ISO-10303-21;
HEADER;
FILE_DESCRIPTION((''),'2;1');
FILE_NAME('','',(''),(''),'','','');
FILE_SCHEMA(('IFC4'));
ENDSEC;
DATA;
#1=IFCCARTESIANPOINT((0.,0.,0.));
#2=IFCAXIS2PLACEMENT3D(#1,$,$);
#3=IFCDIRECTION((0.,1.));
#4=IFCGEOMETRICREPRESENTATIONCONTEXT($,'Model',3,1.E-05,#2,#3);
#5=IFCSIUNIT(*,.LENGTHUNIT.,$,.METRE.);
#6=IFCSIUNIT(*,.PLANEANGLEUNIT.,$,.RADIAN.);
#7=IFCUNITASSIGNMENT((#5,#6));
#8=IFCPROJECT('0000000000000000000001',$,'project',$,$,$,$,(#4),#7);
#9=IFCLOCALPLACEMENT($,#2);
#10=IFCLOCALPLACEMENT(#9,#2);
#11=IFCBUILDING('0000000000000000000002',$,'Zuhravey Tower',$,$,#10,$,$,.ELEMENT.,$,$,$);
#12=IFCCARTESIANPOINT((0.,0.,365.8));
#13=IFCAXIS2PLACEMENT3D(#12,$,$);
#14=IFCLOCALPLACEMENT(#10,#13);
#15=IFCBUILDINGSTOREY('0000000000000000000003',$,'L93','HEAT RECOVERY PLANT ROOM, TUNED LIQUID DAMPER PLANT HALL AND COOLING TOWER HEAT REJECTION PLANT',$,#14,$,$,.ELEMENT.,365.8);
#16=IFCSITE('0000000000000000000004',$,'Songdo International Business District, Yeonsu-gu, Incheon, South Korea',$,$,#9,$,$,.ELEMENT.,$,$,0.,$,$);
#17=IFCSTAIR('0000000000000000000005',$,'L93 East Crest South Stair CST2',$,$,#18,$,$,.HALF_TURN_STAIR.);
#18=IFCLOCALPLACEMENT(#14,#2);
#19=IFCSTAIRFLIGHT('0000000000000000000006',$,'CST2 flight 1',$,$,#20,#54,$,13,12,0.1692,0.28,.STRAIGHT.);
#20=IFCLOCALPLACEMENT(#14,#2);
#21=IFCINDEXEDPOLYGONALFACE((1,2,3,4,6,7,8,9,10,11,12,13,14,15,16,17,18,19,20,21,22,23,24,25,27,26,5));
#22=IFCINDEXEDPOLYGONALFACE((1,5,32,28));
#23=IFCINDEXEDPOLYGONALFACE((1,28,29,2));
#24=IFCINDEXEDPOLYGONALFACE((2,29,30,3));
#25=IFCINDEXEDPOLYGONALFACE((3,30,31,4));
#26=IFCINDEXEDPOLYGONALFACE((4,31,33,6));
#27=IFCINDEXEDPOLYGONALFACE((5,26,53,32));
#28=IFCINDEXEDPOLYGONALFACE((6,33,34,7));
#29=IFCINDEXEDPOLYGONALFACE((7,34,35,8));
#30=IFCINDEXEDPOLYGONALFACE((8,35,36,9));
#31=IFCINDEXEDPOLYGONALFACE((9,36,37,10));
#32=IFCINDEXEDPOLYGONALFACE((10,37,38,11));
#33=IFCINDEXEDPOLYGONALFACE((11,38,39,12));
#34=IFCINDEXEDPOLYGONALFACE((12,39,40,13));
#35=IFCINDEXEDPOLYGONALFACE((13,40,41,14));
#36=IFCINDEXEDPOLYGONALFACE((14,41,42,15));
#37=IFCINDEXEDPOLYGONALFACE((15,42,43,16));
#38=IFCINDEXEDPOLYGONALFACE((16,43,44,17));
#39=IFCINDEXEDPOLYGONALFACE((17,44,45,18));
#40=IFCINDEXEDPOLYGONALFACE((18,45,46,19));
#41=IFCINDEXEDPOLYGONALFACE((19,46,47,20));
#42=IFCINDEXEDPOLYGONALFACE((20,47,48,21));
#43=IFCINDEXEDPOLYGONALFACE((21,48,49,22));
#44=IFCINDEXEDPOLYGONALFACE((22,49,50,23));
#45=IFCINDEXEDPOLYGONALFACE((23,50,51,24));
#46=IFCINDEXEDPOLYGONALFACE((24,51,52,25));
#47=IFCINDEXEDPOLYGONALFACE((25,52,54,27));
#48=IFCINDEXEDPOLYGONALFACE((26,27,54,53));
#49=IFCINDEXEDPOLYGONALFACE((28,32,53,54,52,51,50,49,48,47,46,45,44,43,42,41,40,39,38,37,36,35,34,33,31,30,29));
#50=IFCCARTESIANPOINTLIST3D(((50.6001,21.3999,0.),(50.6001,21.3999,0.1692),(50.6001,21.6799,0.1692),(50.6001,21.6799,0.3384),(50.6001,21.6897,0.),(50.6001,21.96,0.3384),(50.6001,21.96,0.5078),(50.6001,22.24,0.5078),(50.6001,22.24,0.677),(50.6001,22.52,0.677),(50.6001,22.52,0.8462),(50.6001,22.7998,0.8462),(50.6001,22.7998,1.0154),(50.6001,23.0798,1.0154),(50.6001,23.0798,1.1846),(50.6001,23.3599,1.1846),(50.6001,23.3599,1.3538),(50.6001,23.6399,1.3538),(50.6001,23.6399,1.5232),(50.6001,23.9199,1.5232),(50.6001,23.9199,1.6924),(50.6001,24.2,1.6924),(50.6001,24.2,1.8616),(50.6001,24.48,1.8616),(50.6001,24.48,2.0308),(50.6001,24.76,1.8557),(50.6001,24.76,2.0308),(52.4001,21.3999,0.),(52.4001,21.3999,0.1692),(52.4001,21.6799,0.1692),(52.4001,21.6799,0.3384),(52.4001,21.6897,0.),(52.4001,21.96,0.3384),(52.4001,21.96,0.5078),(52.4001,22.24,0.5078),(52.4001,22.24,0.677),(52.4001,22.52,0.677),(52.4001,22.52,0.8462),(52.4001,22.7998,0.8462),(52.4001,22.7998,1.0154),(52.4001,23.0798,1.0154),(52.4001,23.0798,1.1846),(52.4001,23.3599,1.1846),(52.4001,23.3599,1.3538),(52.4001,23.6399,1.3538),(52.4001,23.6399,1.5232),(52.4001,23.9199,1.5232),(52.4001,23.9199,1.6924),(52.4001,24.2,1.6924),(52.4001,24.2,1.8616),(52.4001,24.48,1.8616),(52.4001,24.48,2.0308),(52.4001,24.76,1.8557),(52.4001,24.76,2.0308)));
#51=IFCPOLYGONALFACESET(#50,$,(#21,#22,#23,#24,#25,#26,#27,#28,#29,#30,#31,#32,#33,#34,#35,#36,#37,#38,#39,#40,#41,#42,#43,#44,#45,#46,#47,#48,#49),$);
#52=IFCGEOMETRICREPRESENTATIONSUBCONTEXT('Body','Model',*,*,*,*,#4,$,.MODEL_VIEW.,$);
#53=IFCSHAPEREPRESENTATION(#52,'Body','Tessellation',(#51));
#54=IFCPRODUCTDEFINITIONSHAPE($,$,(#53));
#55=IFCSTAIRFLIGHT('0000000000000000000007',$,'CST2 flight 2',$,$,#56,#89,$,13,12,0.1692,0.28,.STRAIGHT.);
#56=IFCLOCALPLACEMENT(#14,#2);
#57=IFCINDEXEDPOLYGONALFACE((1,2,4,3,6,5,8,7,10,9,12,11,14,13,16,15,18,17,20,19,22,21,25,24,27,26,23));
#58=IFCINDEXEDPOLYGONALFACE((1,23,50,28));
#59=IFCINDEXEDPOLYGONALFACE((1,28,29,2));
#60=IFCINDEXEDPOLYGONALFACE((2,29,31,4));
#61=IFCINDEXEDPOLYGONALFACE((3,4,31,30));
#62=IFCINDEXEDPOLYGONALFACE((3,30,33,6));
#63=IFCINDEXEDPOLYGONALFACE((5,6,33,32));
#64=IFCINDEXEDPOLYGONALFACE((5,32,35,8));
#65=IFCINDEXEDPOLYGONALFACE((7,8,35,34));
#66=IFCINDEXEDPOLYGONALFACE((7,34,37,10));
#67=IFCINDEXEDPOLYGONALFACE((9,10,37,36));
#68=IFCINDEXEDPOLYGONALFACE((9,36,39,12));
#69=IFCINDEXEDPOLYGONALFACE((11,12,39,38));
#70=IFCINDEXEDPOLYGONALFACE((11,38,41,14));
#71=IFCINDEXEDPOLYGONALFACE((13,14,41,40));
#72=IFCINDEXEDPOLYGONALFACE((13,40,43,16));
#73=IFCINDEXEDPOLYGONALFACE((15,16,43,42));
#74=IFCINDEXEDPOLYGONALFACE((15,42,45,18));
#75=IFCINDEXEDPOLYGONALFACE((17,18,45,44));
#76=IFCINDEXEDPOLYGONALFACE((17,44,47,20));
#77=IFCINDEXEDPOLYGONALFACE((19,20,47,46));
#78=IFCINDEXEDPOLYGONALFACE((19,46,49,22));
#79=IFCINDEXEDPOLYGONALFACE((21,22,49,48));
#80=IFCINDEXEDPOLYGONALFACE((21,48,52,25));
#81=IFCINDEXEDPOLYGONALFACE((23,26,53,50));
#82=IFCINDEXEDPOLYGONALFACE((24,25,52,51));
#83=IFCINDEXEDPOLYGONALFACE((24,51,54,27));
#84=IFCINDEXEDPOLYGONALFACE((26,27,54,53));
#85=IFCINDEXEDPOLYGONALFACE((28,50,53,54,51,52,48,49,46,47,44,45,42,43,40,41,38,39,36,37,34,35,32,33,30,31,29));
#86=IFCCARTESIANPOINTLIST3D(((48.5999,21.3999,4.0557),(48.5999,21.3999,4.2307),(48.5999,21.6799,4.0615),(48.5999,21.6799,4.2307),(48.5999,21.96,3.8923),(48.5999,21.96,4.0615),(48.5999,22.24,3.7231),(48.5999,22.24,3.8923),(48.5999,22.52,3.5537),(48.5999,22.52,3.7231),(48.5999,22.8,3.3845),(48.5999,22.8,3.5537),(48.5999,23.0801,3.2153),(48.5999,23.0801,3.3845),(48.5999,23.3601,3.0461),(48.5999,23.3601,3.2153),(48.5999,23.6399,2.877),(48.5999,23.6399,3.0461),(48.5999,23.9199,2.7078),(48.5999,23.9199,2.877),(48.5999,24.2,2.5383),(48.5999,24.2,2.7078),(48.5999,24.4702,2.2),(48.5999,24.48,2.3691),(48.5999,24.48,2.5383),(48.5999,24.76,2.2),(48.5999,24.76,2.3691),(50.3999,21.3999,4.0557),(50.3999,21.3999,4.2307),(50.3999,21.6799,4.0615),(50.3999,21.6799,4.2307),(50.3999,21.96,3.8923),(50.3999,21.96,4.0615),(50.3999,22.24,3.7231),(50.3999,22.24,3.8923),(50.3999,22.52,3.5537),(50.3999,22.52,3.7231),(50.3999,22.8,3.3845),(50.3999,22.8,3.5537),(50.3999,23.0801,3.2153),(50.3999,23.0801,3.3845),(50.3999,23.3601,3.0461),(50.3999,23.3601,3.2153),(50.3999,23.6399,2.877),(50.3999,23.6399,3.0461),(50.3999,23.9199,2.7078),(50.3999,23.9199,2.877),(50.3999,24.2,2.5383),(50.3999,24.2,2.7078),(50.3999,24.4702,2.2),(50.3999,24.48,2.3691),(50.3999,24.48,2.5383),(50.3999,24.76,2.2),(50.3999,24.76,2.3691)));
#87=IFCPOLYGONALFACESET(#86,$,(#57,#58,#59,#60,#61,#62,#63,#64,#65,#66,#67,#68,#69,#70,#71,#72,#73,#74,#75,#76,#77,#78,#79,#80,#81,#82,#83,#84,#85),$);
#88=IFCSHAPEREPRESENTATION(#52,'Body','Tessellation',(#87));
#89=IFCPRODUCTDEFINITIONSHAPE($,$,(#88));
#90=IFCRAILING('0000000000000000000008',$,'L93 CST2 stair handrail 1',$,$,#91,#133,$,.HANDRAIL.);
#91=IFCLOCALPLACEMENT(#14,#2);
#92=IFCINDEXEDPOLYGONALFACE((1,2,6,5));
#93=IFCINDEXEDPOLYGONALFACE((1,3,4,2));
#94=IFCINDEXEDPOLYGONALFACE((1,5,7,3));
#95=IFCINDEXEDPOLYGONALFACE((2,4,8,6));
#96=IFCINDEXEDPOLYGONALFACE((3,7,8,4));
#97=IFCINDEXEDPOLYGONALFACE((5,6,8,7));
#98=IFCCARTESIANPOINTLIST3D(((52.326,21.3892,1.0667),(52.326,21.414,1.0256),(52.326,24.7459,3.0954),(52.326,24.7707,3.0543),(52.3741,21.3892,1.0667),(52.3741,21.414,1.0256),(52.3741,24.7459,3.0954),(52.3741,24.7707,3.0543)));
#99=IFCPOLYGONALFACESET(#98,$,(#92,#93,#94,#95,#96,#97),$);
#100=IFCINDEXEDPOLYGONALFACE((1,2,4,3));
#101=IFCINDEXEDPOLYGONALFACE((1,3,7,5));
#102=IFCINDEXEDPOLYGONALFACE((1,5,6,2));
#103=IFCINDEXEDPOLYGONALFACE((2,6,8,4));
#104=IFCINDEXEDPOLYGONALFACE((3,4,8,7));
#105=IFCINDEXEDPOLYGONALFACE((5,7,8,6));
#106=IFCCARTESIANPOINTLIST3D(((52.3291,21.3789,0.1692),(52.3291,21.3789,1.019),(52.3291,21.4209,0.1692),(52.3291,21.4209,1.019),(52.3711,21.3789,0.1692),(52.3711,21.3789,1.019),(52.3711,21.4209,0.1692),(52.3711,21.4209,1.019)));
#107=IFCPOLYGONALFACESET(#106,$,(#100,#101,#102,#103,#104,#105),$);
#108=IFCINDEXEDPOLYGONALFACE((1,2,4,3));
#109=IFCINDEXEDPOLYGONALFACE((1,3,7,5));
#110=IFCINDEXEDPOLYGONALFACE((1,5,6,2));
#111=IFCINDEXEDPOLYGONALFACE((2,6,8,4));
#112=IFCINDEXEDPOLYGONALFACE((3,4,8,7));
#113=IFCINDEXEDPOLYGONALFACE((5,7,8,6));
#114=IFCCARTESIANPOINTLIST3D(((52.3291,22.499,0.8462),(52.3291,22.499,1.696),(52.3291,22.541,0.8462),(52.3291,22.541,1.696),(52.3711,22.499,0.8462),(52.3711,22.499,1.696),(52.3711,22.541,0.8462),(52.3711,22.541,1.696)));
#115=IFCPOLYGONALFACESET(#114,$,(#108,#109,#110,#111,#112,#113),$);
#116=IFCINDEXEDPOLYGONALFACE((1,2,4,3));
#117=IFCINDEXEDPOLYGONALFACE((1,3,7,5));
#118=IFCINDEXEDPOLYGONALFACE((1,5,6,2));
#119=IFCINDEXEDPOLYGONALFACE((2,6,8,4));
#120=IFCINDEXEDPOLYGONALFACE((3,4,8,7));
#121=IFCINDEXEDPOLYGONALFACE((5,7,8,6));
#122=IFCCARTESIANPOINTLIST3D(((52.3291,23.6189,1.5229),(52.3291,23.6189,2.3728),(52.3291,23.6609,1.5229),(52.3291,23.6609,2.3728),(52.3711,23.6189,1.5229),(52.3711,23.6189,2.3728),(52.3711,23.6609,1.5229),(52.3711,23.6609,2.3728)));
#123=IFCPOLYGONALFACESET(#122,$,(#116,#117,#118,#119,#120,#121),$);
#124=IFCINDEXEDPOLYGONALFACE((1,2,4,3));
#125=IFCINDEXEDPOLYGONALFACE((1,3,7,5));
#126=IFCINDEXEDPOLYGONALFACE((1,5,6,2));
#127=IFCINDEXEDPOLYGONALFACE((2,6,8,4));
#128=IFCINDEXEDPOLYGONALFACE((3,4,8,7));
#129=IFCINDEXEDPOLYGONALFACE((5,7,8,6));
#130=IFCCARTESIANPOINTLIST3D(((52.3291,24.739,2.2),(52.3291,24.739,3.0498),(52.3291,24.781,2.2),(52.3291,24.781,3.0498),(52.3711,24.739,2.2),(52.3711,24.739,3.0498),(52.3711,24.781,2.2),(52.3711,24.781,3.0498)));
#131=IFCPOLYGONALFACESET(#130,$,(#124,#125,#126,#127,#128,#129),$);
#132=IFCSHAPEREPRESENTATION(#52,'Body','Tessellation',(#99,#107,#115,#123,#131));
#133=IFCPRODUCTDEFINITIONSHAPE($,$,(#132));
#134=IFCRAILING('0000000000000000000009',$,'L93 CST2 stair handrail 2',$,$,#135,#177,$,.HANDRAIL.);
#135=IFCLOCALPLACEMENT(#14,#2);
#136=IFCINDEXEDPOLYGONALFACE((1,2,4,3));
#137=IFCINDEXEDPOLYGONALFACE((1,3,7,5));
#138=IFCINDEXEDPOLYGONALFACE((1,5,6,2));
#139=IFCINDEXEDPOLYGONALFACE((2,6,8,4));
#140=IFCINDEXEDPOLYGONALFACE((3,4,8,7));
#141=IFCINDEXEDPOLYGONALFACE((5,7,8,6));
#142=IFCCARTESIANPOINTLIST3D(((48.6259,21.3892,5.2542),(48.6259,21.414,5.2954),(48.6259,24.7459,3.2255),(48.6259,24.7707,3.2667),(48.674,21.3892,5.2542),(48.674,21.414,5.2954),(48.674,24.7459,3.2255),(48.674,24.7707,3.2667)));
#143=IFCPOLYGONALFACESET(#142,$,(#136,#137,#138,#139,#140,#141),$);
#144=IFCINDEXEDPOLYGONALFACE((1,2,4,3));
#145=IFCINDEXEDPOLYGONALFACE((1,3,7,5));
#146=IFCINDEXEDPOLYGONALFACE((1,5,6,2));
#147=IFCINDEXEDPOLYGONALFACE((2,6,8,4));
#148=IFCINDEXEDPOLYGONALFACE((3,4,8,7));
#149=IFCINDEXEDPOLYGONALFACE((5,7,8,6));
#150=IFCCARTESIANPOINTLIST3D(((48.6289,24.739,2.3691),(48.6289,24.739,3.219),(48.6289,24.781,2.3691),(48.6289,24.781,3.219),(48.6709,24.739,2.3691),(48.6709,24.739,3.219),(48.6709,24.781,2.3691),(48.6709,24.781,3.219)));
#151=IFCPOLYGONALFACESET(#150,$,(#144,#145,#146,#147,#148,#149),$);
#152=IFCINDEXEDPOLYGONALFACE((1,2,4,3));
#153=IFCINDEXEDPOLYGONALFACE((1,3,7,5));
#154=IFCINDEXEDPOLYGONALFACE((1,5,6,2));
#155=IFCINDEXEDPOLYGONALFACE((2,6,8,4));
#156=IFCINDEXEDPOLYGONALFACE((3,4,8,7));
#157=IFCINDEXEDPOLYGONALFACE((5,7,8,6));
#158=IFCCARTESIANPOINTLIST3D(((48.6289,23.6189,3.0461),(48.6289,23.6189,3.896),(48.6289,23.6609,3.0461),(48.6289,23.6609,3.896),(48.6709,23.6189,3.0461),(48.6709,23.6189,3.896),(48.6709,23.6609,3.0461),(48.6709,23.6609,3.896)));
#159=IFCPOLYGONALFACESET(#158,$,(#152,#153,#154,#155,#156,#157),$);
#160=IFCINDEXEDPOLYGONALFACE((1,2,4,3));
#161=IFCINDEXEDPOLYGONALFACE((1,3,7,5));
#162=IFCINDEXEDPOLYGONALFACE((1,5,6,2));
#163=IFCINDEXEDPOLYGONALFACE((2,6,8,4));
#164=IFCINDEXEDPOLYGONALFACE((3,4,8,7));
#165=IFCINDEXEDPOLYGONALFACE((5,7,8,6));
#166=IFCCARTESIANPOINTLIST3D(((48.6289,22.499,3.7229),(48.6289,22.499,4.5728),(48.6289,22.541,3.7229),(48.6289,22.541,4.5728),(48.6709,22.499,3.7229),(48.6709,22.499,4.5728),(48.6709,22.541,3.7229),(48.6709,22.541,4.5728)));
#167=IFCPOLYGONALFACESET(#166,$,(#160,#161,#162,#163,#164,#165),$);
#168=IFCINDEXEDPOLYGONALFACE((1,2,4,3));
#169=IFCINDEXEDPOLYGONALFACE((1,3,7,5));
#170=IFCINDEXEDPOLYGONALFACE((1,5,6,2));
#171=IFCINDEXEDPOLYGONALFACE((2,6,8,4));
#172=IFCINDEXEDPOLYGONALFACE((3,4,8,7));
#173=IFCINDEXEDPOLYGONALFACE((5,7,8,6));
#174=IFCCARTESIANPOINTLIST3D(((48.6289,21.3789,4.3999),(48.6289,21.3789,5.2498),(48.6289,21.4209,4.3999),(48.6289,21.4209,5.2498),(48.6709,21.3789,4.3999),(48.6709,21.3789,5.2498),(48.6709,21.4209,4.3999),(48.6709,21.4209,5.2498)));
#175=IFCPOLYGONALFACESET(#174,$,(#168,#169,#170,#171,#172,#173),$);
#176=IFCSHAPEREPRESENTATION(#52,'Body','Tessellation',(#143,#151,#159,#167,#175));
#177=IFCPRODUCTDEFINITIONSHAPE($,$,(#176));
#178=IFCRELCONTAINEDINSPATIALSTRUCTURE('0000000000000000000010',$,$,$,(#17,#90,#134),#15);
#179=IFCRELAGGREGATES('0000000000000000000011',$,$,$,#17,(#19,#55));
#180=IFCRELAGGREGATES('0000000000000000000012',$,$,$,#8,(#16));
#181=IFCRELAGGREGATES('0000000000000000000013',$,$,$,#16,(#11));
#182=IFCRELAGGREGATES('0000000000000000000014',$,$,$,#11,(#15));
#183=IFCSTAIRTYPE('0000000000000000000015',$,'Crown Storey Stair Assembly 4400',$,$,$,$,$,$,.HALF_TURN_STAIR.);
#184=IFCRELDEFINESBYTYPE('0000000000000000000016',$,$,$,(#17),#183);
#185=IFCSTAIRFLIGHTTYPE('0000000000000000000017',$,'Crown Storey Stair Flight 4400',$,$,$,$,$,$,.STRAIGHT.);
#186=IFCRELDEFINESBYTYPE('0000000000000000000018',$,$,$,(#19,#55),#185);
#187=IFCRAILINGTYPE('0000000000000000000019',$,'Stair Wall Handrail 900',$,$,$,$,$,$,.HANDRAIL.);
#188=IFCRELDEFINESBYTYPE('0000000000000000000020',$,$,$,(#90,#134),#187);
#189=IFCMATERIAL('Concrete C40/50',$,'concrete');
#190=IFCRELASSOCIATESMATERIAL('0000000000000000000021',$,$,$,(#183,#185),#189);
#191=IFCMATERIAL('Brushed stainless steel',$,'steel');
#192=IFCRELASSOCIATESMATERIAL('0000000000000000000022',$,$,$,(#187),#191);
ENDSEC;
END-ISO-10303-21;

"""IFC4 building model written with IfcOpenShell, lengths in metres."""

from ifc_helpers import new_model, si_unit, direction, frame, origin, origin_2d, place, context, subcontext, project, spatial, polyline, rectangle, outline, extrude, material, type_object, element, aggregate, save


model = new_model("IFC4")

# Units and contexts
model_context = context("Model", 3, precision=1e-05, world=origin(), true_north=direction((0.0, 1.0)))
body_context = subcontext(model_context, "Body", "Model", "MODEL_VIEW")
ifc_project = project(units=[si_unit("LENGTHUNIT", "METRE"), si_unit("PLANEANGLEUNIT", "RADIAN")], contexts=[model_context])

# Site, building, storey
site_placement = place(None, origin())
site = spatial("IfcSite", under=ifc_project, at=site_placement, Name="Songdo International Business District, Yeonsu-gu, Incheon, South Korea", CompositionType="ELEMENT", RefElevation=0.0)
building_placement = place(site_placement, origin())
building = spatial("IfcBuilding", under=site, at=building_placement, Name="Zuhravey Tower", CompositionType="ELEMENT")
storey_placement = place(building_placement, frame((0.0, 0.0, 365.8)))
storey = spatial("IfcBuildingStorey", under=building, at=storey_placement, Name="L93", Description="HEAT RECOVERY PLANT ROOM, TUNED LIQUID DAMPER PLANT HALL AND COOLING TOWER HEAT REJECTION PLANT", CompositionType="ELEMENT", Elevation=365.8)

# Shared definitions
ifc_material_1 = material(Name="Brushed stainless steel", Category="steel")

# Stair, stair flights
ifc_material_2 = material(Name="Concrete C40/50", Category="concrete")
stair_type = type_object("IfcStairType", Name="Crown Storey Stair Assembly 4400", PredefinedType="HALF_TURN_STAIR", material=ifc_material_2)
stair_placement = place(storey_placement, origin())
stair = element("IfcStair", 1, at=stair_placement, inside=storey, type_object=stair_type, Name="L93 East Crest South Stair CST2", PredefinedType="HALF_TURN_STAIR")
stair_flight_type = type_object("IfcStairFlightType", Name="Crown Storey Stair Flight 4400", PredefinedType="STRAIGHT", material=ifc_material_2)
stair_flight_1_placement = place(storey_placement, frame((51.5, 21.3999, 0.0), z_axis=(0.0, 0.0, 1.0), x_axis=(0.0, 1.0, 0.0)))
stair_flight_1 = element("IfcStairFlight", 2, at=stair_flight_1_placement, type_object=stair_flight_type, Name="CST2 flight 1", NumberOfRisers=13, NumberOfTreads=12, PredefinedType="STRAIGHT", RiserHeight=0.1692, TreadLength=0.28, context=body_context, shape_type="SweptSolid", body=[
    extrude(outline(polyline([(0.0, 0.0), (0.0, 0.1692), (0.28, 0.1692), (0.28, 0.3384), (0.5601, 0.3384), (0.5601, 0.5078), (0.8401, 0.5078), (0.8401, 0.677), (1.1201, 0.677), (1.1201, 0.8462), (1.3999, 0.8462), (1.3999, 1.0154), (1.6799, 1.0154), (1.6799, 1.1846), (1.96, 1.1846), (1.96, 1.3538), (2.24, 1.3538), (2.24, 1.5232), (2.52, 1.5232), (2.52, 1.6924), (2.8, 1.6924), (2.8, 1.8616), (3.0801, 1.8616), (3.0801, 2.0308), (3.3601, 2.0308), (3.3601, 2.2), (3.3601, 1.8557), (0.2898, 0.0), (0.0, 0.0)])), frame((0.0, 0.8999, 0.0), z_axis=(0.0, -1.0, 0.0), x_axis=(1.0, 0.0, 0.0)), (0.0, 0.0, 1.0), 1.8),
])
stair_flight_2_placement = place(storey_placement, frame((49.5, 24.76, 2.2), z_axis=(0.0, 0.0, 1.0), x_axis=(0.0, -1.0, 0.0)))
stair_flight_2 = element("IfcStairFlight", 3, at=stair_flight_2_placement, type_object=stair_flight_type, Name="CST2 flight 2", NumberOfRisers=13, NumberOfTreads=12, PredefinedType="STRAIGHT", RiserHeight=0.1692, TreadLength=0.28, context=body_context, shape_type="SweptSolid", body=[
    extrude(outline(polyline([(0.0, 0.0), (0.0, 0.1692), (0.28, 0.1692), (0.28, 0.3384), (0.5601, 0.3384), (0.5601, 0.5078), (0.8401, 0.5078), (0.8401, 0.677), (1.1201, 0.677), (1.1201, 0.8462), (1.3999, 0.8462), (1.3999, 1.0154), (1.6799, 1.0154), (1.6799, 1.1846), (1.96, 1.1846), (1.96, 1.3538), (2.24, 1.3538), (2.24, 1.5232), (2.52, 1.5232), (2.52, 1.6924), (2.8, 1.6924), (2.8, 1.8616), (3.0801, 1.8616), (3.0801, 2.0308), (3.3601, 2.0308), (3.3601, 2.2), (3.3601, 1.8557), (0.2898, 0.0), (0.0, 0.0)])), frame((0.0, 0.8999, 0.0), z_axis=(0.0, -1.0, 0.0), x_axis=(1.0, 0.0, 0.0)), (0.0, 0.0, 1.0), 1.8),
])
aggregate(stair, [stair_flight_1, stair_flight_2])

# Railings
railing_type_1 = type_object("IfcRailingType", Name="Stair Wall Handrail 900", PredefinedType="HANDRAIL", material=ifc_material_1)
railing_1_placement = place(storey_placement, frame((52.3501, 21.3999, 0.1692)))
element("IfcRailing", 4, at=railing_1_placement, inside=storey, type_object=railing_type_1, Name="L93 CST2 stair handrail 1", PredefinedType="HANDRAIL", context=body_context, shape_type="SweptSolid", body=[
    extrude(rectangle(XDim=0.0481, YDim=0.0481, at=origin_2d()), frame((0.0, 0.0017, 0.877), z_axis=(0.0, 0.855837, 0.517246), x_axis=(-1.0, 0.0, 0.0)), (0.0, 0.0, 1.0), 3.9221),
    extrude(rectangle(XDim=0.042, YDim=0.042, at=origin_2d()), origin(), (0.0, 0.0, 1.0), 0.8499),
    extrude(rectangle(XDim=0.042, YDim=0.042, at=origin_2d()), frame((0.0, 1.1201, 0.677)), (0.0, 0.0, 1.0), 0.8499),
    extrude(rectangle(XDim=0.042, YDim=0.042, at=origin_2d()), frame((0.0, 2.24, 1.3538)), (0.0, 0.0, 1.0), 0.8499),
    extrude(rectangle(XDim=0.042, YDim=0.042, at=origin_2d()), frame((0.0, 3.3601, 2.0308)), (0.0, 0.0, 1.0), 0.8499),
])
railing_2_placement = place(storey_placement, frame((48.6499, 24.76, 2.3691)))
element("IfcRailing", 5, at=railing_2_placement, inside=storey, type_object=railing_type_1, Name="L93 CST2 stair handrail 2", PredefinedType="HANDRAIL", context=body_context, shape_type="SweptSolid", body=[
    extrude(rectangle(XDim=0.0481, YDim=0.0481, at=origin_2d()), frame((0.0, -0.0017, 0.877), z_axis=(0.0, -0.855837, 0.517246), x_axis=(1.0, 0.0, 0.0)), (0.0, 0.0, 1.0), 3.9221),
    extrude(rectangle(XDim=0.042, YDim=0.042, at=origin_2d()), origin(), (0.0, 0.0, 1.0), 0.8499),
    extrude(rectangle(XDim=0.042, YDim=0.042, at=origin_2d()), frame((0.0, -1.1201, 0.677)), (0.0, 0.0, 1.0), 0.8499),
    extrude(rectangle(XDim=0.042, YDim=0.042, at=origin_2d()), frame((0.0, -2.24, 1.3538)), (0.0, 0.0, 1.0), 0.8499),
    extrude(rectangle(XDim=0.042, YDim=0.042, at=origin_2d()), frame((0.0, -3.3601, 2.0308)), (0.0, 0.0, 1.0), 0.8499),
])

save(model, "model.ifc")
